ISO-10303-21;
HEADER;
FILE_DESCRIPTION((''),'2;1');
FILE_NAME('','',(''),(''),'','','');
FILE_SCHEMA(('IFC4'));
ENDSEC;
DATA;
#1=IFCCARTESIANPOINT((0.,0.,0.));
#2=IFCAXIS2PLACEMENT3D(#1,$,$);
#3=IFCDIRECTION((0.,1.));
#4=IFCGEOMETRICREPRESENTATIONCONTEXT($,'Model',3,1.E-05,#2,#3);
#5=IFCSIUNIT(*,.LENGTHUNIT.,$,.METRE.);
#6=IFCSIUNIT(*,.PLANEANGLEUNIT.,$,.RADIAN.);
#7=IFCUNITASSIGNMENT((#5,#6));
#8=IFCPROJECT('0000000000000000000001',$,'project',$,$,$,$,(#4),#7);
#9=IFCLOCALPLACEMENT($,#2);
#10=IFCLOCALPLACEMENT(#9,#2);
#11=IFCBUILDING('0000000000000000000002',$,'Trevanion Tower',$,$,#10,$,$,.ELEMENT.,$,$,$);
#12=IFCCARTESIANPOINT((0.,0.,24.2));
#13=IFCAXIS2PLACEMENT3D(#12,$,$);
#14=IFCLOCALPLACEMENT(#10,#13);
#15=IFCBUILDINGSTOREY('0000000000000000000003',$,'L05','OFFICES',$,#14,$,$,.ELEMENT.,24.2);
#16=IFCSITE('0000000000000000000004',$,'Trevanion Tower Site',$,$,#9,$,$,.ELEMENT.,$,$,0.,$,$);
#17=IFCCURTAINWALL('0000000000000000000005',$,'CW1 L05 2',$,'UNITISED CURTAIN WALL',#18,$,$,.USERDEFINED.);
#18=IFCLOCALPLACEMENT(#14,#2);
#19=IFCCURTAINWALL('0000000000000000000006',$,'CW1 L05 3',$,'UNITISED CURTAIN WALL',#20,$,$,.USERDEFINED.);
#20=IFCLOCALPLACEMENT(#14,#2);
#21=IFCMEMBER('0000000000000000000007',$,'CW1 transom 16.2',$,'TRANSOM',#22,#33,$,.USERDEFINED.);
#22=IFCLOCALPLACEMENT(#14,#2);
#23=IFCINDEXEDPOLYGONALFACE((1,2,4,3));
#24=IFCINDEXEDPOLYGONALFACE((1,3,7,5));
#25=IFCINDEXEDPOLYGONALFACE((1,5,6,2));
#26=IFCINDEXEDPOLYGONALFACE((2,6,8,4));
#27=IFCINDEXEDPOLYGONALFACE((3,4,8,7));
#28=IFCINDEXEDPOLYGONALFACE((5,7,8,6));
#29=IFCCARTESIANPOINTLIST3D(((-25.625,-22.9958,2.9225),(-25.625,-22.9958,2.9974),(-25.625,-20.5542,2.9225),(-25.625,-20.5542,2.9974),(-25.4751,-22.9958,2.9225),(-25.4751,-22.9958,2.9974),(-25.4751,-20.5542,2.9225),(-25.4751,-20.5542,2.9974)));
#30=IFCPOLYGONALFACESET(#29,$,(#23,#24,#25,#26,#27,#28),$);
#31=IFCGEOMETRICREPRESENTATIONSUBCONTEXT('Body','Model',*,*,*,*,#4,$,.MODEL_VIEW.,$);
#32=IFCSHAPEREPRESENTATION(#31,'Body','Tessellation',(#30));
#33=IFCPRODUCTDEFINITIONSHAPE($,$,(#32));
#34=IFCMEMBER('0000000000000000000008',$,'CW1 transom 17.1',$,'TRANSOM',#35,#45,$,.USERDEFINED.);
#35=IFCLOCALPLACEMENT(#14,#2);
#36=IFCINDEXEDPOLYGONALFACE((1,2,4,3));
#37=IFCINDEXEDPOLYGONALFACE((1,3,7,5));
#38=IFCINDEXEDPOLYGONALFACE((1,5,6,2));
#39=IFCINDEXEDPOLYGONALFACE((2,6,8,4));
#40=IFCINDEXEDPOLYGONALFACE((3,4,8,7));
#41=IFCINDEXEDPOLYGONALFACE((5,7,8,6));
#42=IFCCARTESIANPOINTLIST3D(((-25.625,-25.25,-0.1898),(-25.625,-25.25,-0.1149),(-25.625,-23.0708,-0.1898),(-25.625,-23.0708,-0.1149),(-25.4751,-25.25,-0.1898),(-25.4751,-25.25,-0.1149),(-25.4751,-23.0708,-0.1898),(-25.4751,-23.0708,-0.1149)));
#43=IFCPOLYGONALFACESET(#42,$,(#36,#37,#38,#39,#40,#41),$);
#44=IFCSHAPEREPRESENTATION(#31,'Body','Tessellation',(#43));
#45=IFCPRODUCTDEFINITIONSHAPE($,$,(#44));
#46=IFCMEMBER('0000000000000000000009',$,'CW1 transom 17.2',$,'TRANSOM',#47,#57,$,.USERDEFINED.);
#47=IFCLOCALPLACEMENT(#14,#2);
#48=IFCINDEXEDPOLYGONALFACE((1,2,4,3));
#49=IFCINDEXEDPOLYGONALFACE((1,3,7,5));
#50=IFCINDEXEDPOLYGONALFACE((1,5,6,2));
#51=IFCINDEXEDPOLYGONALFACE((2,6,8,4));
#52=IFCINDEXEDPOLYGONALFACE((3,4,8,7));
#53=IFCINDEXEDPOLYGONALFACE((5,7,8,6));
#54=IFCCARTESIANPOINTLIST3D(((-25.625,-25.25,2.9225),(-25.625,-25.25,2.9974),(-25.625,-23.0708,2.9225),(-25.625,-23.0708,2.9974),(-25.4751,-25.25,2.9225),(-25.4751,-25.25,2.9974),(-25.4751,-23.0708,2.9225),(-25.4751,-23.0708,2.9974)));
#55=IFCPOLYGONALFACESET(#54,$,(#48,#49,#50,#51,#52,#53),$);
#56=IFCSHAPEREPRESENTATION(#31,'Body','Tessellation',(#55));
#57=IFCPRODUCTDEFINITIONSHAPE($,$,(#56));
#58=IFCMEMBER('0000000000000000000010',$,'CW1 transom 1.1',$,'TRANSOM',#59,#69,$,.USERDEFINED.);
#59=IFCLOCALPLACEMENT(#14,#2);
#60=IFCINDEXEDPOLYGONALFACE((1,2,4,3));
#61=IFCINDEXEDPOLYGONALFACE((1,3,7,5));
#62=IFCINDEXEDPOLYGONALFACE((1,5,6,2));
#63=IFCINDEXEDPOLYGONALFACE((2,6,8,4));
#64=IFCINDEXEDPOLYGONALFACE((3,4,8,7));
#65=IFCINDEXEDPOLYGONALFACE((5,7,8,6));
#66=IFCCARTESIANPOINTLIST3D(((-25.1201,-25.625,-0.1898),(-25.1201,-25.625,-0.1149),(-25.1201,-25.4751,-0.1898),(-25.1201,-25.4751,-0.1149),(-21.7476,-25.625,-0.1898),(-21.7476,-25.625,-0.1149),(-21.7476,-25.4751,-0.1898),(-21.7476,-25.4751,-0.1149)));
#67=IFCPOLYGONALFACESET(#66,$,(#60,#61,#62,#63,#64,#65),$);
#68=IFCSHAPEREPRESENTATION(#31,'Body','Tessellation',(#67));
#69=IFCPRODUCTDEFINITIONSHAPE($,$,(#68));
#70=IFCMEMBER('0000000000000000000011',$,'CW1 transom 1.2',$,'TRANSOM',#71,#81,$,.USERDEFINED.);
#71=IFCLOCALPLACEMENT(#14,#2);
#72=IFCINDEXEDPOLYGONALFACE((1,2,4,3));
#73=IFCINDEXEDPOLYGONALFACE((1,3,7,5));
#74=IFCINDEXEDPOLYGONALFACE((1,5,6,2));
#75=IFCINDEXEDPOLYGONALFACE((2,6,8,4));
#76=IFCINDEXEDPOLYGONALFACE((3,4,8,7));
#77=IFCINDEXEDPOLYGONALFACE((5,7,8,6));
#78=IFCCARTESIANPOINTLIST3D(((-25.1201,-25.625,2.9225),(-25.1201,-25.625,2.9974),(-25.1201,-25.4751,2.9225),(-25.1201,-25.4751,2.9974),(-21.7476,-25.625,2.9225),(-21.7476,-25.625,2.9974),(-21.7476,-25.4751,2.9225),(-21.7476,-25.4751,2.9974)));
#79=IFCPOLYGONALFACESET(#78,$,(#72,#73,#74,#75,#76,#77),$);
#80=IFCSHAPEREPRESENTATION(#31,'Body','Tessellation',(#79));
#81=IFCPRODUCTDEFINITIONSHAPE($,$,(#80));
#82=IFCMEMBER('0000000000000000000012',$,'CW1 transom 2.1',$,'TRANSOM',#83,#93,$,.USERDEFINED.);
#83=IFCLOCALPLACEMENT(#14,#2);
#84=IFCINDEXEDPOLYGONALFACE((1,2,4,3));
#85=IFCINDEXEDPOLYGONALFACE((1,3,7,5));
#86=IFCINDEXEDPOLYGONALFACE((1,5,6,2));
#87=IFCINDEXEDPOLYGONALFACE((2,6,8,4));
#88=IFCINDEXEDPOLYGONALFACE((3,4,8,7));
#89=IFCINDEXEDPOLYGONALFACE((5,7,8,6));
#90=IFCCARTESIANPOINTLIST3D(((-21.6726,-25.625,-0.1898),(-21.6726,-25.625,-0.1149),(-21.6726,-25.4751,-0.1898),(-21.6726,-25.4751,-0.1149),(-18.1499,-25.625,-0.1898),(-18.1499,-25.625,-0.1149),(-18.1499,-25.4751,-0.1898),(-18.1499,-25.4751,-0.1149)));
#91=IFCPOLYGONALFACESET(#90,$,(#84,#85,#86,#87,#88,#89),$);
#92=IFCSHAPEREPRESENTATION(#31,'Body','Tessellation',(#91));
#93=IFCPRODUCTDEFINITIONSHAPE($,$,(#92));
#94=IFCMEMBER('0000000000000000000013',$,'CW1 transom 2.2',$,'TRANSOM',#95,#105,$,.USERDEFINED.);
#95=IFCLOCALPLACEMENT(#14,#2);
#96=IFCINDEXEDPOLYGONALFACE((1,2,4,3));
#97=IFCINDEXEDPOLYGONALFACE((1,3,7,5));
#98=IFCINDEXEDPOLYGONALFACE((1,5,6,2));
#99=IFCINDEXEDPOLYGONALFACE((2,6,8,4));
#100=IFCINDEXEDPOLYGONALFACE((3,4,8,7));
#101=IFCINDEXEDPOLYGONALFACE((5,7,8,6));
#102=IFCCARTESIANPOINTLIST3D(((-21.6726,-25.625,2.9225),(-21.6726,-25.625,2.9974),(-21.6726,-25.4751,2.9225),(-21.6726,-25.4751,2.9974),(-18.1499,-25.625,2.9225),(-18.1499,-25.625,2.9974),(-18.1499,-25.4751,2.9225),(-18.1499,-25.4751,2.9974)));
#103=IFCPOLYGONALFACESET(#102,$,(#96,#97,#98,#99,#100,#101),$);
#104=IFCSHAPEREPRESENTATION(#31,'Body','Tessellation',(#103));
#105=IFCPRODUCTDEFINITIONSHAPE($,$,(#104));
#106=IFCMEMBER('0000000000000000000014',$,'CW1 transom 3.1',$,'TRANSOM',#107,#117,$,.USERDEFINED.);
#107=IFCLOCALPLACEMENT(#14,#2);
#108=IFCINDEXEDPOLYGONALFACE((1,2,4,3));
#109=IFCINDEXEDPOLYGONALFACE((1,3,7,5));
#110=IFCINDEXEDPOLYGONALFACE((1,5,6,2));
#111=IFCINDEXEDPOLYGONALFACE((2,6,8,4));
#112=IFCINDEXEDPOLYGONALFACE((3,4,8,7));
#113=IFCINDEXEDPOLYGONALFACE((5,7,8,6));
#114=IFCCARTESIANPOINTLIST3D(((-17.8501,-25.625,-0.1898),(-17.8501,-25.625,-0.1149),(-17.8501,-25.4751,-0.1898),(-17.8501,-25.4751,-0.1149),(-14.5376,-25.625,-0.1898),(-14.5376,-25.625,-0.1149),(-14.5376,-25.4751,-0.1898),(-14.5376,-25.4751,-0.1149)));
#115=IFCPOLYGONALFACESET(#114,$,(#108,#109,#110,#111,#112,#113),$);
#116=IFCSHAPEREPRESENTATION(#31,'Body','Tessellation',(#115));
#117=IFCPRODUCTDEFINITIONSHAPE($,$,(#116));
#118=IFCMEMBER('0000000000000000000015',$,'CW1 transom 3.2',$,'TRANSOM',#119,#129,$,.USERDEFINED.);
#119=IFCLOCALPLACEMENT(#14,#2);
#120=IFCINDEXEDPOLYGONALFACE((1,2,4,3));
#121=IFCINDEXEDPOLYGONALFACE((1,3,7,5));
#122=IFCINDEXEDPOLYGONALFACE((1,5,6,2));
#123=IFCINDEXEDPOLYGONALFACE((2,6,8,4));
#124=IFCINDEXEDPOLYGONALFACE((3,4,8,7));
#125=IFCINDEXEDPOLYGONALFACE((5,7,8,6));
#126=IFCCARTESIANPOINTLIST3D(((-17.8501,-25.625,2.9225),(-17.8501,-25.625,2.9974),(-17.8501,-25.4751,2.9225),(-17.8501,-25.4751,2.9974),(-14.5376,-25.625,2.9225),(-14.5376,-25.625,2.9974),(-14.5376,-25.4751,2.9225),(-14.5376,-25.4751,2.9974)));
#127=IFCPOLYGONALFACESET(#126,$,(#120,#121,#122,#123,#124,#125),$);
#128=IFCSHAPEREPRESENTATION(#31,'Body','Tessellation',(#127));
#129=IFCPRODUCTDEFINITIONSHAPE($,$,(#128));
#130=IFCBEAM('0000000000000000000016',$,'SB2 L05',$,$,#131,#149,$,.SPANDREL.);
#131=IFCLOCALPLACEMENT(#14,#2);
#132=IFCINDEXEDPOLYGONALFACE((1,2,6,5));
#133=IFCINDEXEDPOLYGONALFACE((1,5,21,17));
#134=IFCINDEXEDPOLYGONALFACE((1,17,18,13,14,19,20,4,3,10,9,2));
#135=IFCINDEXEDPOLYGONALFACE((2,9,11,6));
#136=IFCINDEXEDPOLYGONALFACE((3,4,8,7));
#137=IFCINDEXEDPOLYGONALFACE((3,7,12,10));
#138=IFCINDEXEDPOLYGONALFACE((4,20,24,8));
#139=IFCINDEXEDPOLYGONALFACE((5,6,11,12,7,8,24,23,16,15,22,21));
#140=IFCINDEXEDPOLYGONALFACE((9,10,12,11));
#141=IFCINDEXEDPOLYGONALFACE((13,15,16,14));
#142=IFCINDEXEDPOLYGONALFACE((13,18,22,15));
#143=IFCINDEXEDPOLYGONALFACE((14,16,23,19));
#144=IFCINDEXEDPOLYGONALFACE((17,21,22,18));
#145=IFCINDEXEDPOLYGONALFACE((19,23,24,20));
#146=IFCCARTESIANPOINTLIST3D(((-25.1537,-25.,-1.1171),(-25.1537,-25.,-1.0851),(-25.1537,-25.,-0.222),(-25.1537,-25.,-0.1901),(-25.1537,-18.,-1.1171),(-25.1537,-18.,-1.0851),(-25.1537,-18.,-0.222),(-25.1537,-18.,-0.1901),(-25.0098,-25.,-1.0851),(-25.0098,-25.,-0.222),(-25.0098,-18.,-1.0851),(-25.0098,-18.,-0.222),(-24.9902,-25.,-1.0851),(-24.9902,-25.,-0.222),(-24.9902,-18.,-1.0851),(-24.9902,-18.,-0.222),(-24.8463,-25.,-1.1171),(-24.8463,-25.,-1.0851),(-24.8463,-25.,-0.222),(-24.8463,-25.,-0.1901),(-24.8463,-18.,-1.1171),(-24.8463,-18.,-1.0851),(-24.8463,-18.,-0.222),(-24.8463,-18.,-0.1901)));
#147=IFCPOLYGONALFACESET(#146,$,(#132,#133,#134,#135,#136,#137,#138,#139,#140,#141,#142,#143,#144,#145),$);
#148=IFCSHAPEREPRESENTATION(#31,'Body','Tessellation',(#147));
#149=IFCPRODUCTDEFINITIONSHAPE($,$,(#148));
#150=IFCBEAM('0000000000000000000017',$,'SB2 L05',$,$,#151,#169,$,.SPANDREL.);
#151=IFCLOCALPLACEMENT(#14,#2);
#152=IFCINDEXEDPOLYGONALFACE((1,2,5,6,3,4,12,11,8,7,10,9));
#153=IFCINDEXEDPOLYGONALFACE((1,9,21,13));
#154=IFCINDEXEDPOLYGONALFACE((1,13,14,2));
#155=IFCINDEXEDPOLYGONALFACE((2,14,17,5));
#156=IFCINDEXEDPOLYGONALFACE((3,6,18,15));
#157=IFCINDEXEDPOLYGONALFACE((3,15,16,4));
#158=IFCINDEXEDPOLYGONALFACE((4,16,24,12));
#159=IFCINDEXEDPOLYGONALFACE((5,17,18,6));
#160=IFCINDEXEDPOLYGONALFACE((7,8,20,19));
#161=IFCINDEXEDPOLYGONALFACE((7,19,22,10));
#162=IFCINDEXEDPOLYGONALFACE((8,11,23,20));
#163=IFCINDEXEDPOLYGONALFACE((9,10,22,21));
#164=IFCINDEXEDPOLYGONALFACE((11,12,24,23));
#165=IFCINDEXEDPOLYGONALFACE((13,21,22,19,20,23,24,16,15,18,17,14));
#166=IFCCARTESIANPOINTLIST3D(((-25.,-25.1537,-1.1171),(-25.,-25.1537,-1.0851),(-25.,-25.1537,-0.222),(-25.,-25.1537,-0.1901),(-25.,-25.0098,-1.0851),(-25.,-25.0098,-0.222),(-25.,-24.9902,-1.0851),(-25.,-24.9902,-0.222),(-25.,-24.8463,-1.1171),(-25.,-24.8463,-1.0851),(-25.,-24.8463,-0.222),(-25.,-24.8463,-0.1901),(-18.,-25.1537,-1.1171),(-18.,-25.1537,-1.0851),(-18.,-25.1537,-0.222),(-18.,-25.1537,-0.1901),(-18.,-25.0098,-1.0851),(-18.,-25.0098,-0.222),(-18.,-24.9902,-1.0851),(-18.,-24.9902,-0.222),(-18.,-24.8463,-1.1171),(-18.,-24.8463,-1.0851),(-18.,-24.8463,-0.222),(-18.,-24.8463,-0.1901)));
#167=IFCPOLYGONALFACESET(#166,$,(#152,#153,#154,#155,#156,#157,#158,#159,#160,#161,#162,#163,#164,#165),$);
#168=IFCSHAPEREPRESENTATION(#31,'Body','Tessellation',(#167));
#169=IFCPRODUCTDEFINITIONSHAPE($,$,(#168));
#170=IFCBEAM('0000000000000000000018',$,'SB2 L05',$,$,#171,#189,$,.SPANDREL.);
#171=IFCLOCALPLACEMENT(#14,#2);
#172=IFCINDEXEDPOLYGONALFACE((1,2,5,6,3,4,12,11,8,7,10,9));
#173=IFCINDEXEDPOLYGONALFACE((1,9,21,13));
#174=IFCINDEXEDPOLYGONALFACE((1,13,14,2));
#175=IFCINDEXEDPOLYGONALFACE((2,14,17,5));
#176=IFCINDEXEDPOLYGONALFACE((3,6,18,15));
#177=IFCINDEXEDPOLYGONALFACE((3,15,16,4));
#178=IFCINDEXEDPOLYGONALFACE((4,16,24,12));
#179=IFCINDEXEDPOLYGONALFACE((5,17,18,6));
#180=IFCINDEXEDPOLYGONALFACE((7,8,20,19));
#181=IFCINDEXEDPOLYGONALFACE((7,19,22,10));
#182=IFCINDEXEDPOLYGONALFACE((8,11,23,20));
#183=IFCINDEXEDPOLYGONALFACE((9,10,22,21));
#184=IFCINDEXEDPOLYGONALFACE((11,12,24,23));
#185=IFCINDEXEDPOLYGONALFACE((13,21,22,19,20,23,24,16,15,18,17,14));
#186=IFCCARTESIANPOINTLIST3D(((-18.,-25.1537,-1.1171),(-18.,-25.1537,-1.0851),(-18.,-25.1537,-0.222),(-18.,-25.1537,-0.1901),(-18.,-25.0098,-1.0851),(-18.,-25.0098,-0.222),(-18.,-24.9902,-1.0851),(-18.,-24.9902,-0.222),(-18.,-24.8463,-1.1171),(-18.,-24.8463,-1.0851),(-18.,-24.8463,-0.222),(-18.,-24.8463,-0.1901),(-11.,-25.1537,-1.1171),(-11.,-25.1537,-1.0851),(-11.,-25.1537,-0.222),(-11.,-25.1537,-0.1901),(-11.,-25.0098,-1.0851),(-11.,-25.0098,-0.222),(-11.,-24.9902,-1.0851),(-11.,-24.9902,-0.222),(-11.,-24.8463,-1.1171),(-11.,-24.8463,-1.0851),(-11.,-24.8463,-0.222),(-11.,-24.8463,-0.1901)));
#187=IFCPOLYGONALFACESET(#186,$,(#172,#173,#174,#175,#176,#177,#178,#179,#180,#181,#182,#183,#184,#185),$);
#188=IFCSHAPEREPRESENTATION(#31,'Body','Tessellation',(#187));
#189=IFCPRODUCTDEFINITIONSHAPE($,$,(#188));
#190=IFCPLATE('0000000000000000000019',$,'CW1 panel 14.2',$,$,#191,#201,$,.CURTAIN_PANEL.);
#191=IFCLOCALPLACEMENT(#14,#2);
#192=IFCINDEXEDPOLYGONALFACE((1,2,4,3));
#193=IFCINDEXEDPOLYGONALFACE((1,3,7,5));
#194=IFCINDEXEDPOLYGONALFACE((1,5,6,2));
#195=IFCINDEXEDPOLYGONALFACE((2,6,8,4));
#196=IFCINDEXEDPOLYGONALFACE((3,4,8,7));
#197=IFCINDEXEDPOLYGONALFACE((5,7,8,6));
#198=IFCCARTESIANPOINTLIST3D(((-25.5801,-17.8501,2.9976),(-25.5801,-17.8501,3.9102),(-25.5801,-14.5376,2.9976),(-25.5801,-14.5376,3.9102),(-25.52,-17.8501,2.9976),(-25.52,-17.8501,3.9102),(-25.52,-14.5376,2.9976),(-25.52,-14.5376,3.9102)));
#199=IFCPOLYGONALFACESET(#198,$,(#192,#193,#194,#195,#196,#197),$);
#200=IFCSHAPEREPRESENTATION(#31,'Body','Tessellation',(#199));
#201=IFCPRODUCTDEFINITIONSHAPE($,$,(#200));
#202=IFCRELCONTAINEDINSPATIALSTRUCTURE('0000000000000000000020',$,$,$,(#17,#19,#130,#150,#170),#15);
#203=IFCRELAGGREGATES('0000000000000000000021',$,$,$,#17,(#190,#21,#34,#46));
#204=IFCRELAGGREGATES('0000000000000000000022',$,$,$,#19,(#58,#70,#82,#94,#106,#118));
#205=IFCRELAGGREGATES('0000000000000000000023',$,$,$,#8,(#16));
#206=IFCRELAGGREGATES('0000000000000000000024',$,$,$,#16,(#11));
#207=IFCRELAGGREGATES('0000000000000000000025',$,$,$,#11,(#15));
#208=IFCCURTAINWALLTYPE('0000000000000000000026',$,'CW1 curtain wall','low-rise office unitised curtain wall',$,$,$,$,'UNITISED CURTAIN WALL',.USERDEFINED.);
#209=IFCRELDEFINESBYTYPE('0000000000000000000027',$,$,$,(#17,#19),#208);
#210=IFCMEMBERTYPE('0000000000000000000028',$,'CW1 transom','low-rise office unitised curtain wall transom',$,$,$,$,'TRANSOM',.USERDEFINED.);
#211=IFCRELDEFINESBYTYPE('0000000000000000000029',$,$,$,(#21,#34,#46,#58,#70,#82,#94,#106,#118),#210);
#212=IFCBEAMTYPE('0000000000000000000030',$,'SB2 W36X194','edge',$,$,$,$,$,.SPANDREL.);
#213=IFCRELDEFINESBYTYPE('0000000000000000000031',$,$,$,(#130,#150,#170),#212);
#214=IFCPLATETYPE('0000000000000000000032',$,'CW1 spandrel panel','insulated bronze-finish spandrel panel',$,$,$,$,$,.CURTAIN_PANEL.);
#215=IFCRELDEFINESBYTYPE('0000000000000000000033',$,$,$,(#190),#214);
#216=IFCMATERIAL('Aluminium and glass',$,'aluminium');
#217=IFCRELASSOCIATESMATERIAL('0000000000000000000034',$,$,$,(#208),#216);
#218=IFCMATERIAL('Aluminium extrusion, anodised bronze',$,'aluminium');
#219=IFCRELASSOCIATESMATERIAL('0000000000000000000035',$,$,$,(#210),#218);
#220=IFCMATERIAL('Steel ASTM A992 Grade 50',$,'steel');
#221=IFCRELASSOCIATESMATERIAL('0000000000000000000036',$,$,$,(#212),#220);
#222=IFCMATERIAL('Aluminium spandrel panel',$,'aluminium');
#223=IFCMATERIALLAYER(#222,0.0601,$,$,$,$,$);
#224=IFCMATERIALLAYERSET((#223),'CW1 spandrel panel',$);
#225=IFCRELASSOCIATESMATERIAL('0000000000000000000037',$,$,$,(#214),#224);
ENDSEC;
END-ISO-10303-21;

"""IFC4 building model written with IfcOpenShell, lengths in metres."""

from ifc_helpers import new_model, si_unit, direction, frame, origin, origin_2d, place, context, subcontext, project, spatial, rectangle, i_section, extrude, material, layer, layer_set, material_profile, profile_set, type_object, element, aggregate, save


model = new_model("IFC4")

# Units and contexts
model_context = context("Model", 3, precision=1e-05, world=origin(), true_north=direction((0.0, 1.0)))
body_context = subcontext(model_context, "Body", "Model", "MODEL_VIEW")
ifc_project = project(units=[si_unit("LENGTHUNIT", "METRE"), si_unit("PLANEANGLEUNIT", "RADIAN")], contexts=[model_context])

# Site, building, storey
site_placement = place(None, origin())
site = spatial("IfcSite", under=ifc_project, at=site_placement, Name="Trevanion Tower Site", CompositionType="ELEMENT", RefElevation=0.0)
building_placement = place(site_placement, origin())
building = spatial("IfcBuilding", under=site, at=building_placement, Name="Trevanion Tower", CompositionType="ELEMENT")
storey_placement = place(building_placement, frame((0.0, 0.0, 24.2)))
storey = spatial("IfcBuildingStorey", under=building, at=storey_placement, Name="L05", Description="OFFICES", CompositionType="ELEMENT", Elevation=24.2)

# Curtain wall
ifc_material_1 = material(Name="Aluminium and glass", Category="aluminium")
curtain_wall_type = type_object("IfcCurtainWallType", Name="CW1 curtain wall", Description="low-rise office unitised curtain wall", ElementType="UNITISED CURTAIN WALL", PredefinedType="USERDEFINED", material=ifc_material_1)
curtain_wall_1_placement = place(storey_placement, origin())
curtain_wall_1 = element("IfcCurtainWall", 1, at=curtain_wall_1_placement, inside=storey, type_object=curtain_wall_type, Name="CW1 L05 2", ObjectType="UNITISED CURTAIN WALL", PredefinedType="USERDEFINED")

# Curtain wall
curtain_wall_2_placement = place(storey_placement, origin())
curtain_wall_2 = element("IfcCurtainWall", 2, at=curtain_wall_2_placement, inside=storey, type_object=curtain_wall_type, Name="CW1 L05 3", ObjectType="UNITISED CURTAIN WALL", PredefinedType="USERDEFINED")

# Members
ifc_material_2 = material(Name="Aluminium extrusion, anodised bronze", Category="aluminium")
ifc_material_profile_1 = material_profile(ifc_material_2, rectangle(XDim=0.1499, YDim=0.075, at=origin_2d()), Name="CW1 transom")
ifc_profile_set_1 = profile_set([ifc_material_profile_1], Name="Aluminium extrusion, anodised bronze")
member_type_1 = type_object("IfcMemberType", Name="CW1 transom", Description="low-rise office unitised curtain wall transom", ElementType="TRANSOM", PredefinedType="USERDEFINED", material=ifc_profile_set_1)
member_1_placement = place(storey_placement, frame((-25.55, -20.5542, 2.96), z_axis=(0.0, -1.0, 0.0), x_axis=(1.0, 0.0, 0.0)))
member_1 = element("IfcMember", 3, at=member_1_placement, type_object=member_type_1, Name="CW1 transom 16.2", ObjectType="TRANSOM", PredefinedType="USERDEFINED", context=body_context, shape_type="SweptSolid", body=[
    extrude(rectangle(XDim=0.1499, YDim=0.075, at=origin_2d()), origin(), (0.0, 0.0, 1.0), 2.4417),
])
member_2_placement = place(storey_placement, frame((-25.55, -23.0708, -0.1523), z_axis=(0.0, -1.0, 0.0), x_axis=(1.0, 0.0, 0.0)))
member_2 = element("IfcMember", 4, at=member_2_placement, type_object=member_type_1, Name="CW1 transom 17.1", ObjectType="TRANSOM", PredefinedType="USERDEFINED", context=body_context, shape_type="SweptSolid", body=[
    extrude(rectangle(XDim=0.1499, YDim=0.075, at=origin_2d()), origin(), (0.0, 0.0, 1.0), 2.1792),
])
member_3_placement = place(storey_placement, frame((-25.55, -23.0708, 2.96), z_axis=(0.0, -1.0, 0.0), x_axis=(1.0, 0.0, 0.0)))
member_3 = element("IfcMember", 5, at=member_3_placement, type_object=member_type_1, Name="CW1 transom 17.2", ObjectType="TRANSOM", PredefinedType="USERDEFINED", context=body_context, shape_type="SweptSolid", body=[
    extrude(rectangle(XDim=0.1499, YDim=0.075, at=origin_2d()), origin(), (0.0, 0.0, 1.0), 2.1792),
])
member_4_placement = place(storey_placement, frame((-25.1201, -25.55, -0.1523), z_axis=(1.0, 0.0, 0.0), x_axis=(0.0, 1.0, 0.0)))
member_4 = element("IfcMember", 6, at=member_4_placement, type_object=member_type_1, Name="CW1 transom 1.1", ObjectType="TRANSOM", PredefinedType="USERDEFINED", context=body_context, shape_type="SweptSolid", body=[
    extrude(rectangle(XDim=0.1499, YDim=0.075, at=origin_2d()), origin(), (0.0, 0.0, 1.0), 3.3726),
])
member_5_placement = place(storey_placement, frame((-25.1201, -25.55, 2.96), z_axis=(1.0, 0.0, 0.0), x_axis=(0.0, 1.0, 0.0)))
member_5 = element("IfcMember", 7, at=member_5_placement, type_object=member_type_1, Name="CW1 transom 1.2", ObjectType="TRANSOM", PredefinedType="USERDEFINED", context=body_context, shape_type="SweptSolid", body=[
    extrude(rectangle(XDim=0.1499, YDim=0.075, at=origin_2d()), origin(), (0.0, 0.0, 1.0), 3.3726),
])
member_6_placement = place(storey_placement, frame((-21.6726, -25.55, -0.1523), z_axis=(1.0, 0.0, 0.0), x_axis=(0.0, 1.0, 0.0)))
member_6 = element("IfcMember", 8, at=member_6_placement, type_object=member_type_1, Name="CW1 transom 2.1", ObjectType="TRANSOM", PredefinedType="USERDEFINED", context=body_context, shape_type="SweptSolid", body=[
    extrude(rectangle(XDim=0.1499, YDim=0.075, at=origin_2d()), origin(), (0.0, 0.0, 1.0), 3.5227),
])
member_7_placement = place(storey_placement, frame((-21.6726, -25.55, 2.96), z_axis=(1.0, 0.0, 0.0), x_axis=(0.0, 1.0, 0.0)))
member_7 = element("IfcMember", 9, at=member_7_placement, type_object=member_type_1, Name="CW1 transom 2.2", ObjectType="TRANSOM", PredefinedType="USERDEFINED", context=body_context, shape_type="SweptSolid", body=[
    extrude(rectangle(XDim=0.1499, YDim=0.075, at=origin_2d()), origin(), (0.0, 0.0, 1.0), 3.5227),
])
member_8_placement = place(storey_placement, frame((-17.8501, -25.55, -0.1523), z_axis=(1.0, 0.0, 0.0), x_axis=(0.0, 1.0, 0.0)))
member_8 = element("IfcMember", 10, at=member_8_placement, type_object=member_type_1, Name="CW1 transom 3.1", ObjectType="TRANSOM", PredefinedType="USERDEFINED", context=body_context, shape_type="SweptSolid", body=[
    extrude(rectangle(XDim=0.1499, YDim=0.075, at=origin_2d()), origin(), (0.0, 0.0, 1.0), 3.3125),
])
member_9_placement = place(storey_placement, frame((-17.8501, -25.55, 2.96), z_axis=(1.0, 0.0, 0.0), x_axis=(0.0, 1.0, 0.0)))
member_9 = element("IfcMember", 11, at=member_9_placement, type_object=member_type_1, Name="CW1 transom 3.2", ObjectType="TRANSOM", PredefinedType="USERDEFINED", context=body_context, shape_type="SweptSolid", body=[
    extrude(rectangle(XDim=0.1499, YDim=0.075, at=origin_2d()), origin(), (0.0, 0.0, 1.0), 3.3125),
])

# Beams
ifc_material_3 = material(Name="Steel ASTM A992 Grade 50", Category="steel")
ifc_material_profile_2 = material_profile(ifc_material_3, i_section(OverallWidth=0.3074, OverallDepth=0.927, WebThickness=0.0195, FlangeThickness=0.032, at=origin_2d()), Name="W36X194")
ifc_profile_set_2 = profile_set([ifc_material_profile_2], Name="Steel ASTM A992 Grade 50")
beam_type = type_object("IfcBeamType", Name="SB2 W36X194", Description="edge", PredefinedType="SPANDREL", material=ifc_profile_set_2)
for number, where, z_axis, x_axis, name in (
    (12, (-25.0, -18.0, -0.6536), (0.0, -1.0, 0.0), (1.0, 0.0, 0.0), "SB2 L05"),
    (13, (-25.0, -25.0, -0.6536), (1.0, 0.0, 0.0), (0.0, 1.0, 0.0), "SB2 L05"),
    (14, (-18.0, -25.0, -0.6536), (1.0, 0.0, 0.0), (0.0, 1.0, 0.0), "SB2 L05"),
):
    element("IfcBeam", number, at=place(storey_placement, frame(where, z_axis=z_axis, x_axis=x_axis)), inside=storey, type_object=beam_type, Name=name, PredefinedType="SPANDREL", context=body_context, shape_type="SweptSolid", body=[
        extrude(i_section(OverallWidth=0.3074, OverallDepth=0.927, WebThickness=0.0195, FlangeThickness=0.032, at=origin_2d()), origin(), (0.0, 0.0, 1.0), 7.0),
    ])

# Plate
ifc_material_4 = material(Name="Aluminium spandrel panel", Category="aluminium")
ifc_layer_1 = layer(ifc_material_4, 0.0601)
ifc_layer_set_1 = layer_set([ifc_layer_1], Name="CW1 spandrel panel")
plate_type_1 = type_object("IfcPlateType", Name="CW1 spandrel panel", Description="insulated bronze-finish spandrel panel", PredefinedType="CURTAIN_PANEL", material=ifc_layer_set_1)
plate_1_placement = place(storey_placement, frame((-25.55, -16.1938, 2.9976), z_axis=(0.0, 0.0, 1.0), x_axis=(0.0, -1.0, 0.0)))
plate_1 = element("IfcPlate", 15, at=plate_1_placement, type_object=plate_type_1, Name="CW1 panel 14.2", PredefinedType="CURTAIN_PANEL", context=body_context, shape_type="SweptSolid", body=[
    extrude(rectangle(XDim=3.3125, YDim=0.0601, at=origin_2d()), origin(), (0.0, 0.0, 1.0), 0.9126),
])
aggregate(curtain_wall_1, [plate_1, member_1, member_2, member_3])
aggregate(curtain_wall_2, [member_4, member_5, member_6, member_7, member_8, member_9])

save(model, "model.ifc")
